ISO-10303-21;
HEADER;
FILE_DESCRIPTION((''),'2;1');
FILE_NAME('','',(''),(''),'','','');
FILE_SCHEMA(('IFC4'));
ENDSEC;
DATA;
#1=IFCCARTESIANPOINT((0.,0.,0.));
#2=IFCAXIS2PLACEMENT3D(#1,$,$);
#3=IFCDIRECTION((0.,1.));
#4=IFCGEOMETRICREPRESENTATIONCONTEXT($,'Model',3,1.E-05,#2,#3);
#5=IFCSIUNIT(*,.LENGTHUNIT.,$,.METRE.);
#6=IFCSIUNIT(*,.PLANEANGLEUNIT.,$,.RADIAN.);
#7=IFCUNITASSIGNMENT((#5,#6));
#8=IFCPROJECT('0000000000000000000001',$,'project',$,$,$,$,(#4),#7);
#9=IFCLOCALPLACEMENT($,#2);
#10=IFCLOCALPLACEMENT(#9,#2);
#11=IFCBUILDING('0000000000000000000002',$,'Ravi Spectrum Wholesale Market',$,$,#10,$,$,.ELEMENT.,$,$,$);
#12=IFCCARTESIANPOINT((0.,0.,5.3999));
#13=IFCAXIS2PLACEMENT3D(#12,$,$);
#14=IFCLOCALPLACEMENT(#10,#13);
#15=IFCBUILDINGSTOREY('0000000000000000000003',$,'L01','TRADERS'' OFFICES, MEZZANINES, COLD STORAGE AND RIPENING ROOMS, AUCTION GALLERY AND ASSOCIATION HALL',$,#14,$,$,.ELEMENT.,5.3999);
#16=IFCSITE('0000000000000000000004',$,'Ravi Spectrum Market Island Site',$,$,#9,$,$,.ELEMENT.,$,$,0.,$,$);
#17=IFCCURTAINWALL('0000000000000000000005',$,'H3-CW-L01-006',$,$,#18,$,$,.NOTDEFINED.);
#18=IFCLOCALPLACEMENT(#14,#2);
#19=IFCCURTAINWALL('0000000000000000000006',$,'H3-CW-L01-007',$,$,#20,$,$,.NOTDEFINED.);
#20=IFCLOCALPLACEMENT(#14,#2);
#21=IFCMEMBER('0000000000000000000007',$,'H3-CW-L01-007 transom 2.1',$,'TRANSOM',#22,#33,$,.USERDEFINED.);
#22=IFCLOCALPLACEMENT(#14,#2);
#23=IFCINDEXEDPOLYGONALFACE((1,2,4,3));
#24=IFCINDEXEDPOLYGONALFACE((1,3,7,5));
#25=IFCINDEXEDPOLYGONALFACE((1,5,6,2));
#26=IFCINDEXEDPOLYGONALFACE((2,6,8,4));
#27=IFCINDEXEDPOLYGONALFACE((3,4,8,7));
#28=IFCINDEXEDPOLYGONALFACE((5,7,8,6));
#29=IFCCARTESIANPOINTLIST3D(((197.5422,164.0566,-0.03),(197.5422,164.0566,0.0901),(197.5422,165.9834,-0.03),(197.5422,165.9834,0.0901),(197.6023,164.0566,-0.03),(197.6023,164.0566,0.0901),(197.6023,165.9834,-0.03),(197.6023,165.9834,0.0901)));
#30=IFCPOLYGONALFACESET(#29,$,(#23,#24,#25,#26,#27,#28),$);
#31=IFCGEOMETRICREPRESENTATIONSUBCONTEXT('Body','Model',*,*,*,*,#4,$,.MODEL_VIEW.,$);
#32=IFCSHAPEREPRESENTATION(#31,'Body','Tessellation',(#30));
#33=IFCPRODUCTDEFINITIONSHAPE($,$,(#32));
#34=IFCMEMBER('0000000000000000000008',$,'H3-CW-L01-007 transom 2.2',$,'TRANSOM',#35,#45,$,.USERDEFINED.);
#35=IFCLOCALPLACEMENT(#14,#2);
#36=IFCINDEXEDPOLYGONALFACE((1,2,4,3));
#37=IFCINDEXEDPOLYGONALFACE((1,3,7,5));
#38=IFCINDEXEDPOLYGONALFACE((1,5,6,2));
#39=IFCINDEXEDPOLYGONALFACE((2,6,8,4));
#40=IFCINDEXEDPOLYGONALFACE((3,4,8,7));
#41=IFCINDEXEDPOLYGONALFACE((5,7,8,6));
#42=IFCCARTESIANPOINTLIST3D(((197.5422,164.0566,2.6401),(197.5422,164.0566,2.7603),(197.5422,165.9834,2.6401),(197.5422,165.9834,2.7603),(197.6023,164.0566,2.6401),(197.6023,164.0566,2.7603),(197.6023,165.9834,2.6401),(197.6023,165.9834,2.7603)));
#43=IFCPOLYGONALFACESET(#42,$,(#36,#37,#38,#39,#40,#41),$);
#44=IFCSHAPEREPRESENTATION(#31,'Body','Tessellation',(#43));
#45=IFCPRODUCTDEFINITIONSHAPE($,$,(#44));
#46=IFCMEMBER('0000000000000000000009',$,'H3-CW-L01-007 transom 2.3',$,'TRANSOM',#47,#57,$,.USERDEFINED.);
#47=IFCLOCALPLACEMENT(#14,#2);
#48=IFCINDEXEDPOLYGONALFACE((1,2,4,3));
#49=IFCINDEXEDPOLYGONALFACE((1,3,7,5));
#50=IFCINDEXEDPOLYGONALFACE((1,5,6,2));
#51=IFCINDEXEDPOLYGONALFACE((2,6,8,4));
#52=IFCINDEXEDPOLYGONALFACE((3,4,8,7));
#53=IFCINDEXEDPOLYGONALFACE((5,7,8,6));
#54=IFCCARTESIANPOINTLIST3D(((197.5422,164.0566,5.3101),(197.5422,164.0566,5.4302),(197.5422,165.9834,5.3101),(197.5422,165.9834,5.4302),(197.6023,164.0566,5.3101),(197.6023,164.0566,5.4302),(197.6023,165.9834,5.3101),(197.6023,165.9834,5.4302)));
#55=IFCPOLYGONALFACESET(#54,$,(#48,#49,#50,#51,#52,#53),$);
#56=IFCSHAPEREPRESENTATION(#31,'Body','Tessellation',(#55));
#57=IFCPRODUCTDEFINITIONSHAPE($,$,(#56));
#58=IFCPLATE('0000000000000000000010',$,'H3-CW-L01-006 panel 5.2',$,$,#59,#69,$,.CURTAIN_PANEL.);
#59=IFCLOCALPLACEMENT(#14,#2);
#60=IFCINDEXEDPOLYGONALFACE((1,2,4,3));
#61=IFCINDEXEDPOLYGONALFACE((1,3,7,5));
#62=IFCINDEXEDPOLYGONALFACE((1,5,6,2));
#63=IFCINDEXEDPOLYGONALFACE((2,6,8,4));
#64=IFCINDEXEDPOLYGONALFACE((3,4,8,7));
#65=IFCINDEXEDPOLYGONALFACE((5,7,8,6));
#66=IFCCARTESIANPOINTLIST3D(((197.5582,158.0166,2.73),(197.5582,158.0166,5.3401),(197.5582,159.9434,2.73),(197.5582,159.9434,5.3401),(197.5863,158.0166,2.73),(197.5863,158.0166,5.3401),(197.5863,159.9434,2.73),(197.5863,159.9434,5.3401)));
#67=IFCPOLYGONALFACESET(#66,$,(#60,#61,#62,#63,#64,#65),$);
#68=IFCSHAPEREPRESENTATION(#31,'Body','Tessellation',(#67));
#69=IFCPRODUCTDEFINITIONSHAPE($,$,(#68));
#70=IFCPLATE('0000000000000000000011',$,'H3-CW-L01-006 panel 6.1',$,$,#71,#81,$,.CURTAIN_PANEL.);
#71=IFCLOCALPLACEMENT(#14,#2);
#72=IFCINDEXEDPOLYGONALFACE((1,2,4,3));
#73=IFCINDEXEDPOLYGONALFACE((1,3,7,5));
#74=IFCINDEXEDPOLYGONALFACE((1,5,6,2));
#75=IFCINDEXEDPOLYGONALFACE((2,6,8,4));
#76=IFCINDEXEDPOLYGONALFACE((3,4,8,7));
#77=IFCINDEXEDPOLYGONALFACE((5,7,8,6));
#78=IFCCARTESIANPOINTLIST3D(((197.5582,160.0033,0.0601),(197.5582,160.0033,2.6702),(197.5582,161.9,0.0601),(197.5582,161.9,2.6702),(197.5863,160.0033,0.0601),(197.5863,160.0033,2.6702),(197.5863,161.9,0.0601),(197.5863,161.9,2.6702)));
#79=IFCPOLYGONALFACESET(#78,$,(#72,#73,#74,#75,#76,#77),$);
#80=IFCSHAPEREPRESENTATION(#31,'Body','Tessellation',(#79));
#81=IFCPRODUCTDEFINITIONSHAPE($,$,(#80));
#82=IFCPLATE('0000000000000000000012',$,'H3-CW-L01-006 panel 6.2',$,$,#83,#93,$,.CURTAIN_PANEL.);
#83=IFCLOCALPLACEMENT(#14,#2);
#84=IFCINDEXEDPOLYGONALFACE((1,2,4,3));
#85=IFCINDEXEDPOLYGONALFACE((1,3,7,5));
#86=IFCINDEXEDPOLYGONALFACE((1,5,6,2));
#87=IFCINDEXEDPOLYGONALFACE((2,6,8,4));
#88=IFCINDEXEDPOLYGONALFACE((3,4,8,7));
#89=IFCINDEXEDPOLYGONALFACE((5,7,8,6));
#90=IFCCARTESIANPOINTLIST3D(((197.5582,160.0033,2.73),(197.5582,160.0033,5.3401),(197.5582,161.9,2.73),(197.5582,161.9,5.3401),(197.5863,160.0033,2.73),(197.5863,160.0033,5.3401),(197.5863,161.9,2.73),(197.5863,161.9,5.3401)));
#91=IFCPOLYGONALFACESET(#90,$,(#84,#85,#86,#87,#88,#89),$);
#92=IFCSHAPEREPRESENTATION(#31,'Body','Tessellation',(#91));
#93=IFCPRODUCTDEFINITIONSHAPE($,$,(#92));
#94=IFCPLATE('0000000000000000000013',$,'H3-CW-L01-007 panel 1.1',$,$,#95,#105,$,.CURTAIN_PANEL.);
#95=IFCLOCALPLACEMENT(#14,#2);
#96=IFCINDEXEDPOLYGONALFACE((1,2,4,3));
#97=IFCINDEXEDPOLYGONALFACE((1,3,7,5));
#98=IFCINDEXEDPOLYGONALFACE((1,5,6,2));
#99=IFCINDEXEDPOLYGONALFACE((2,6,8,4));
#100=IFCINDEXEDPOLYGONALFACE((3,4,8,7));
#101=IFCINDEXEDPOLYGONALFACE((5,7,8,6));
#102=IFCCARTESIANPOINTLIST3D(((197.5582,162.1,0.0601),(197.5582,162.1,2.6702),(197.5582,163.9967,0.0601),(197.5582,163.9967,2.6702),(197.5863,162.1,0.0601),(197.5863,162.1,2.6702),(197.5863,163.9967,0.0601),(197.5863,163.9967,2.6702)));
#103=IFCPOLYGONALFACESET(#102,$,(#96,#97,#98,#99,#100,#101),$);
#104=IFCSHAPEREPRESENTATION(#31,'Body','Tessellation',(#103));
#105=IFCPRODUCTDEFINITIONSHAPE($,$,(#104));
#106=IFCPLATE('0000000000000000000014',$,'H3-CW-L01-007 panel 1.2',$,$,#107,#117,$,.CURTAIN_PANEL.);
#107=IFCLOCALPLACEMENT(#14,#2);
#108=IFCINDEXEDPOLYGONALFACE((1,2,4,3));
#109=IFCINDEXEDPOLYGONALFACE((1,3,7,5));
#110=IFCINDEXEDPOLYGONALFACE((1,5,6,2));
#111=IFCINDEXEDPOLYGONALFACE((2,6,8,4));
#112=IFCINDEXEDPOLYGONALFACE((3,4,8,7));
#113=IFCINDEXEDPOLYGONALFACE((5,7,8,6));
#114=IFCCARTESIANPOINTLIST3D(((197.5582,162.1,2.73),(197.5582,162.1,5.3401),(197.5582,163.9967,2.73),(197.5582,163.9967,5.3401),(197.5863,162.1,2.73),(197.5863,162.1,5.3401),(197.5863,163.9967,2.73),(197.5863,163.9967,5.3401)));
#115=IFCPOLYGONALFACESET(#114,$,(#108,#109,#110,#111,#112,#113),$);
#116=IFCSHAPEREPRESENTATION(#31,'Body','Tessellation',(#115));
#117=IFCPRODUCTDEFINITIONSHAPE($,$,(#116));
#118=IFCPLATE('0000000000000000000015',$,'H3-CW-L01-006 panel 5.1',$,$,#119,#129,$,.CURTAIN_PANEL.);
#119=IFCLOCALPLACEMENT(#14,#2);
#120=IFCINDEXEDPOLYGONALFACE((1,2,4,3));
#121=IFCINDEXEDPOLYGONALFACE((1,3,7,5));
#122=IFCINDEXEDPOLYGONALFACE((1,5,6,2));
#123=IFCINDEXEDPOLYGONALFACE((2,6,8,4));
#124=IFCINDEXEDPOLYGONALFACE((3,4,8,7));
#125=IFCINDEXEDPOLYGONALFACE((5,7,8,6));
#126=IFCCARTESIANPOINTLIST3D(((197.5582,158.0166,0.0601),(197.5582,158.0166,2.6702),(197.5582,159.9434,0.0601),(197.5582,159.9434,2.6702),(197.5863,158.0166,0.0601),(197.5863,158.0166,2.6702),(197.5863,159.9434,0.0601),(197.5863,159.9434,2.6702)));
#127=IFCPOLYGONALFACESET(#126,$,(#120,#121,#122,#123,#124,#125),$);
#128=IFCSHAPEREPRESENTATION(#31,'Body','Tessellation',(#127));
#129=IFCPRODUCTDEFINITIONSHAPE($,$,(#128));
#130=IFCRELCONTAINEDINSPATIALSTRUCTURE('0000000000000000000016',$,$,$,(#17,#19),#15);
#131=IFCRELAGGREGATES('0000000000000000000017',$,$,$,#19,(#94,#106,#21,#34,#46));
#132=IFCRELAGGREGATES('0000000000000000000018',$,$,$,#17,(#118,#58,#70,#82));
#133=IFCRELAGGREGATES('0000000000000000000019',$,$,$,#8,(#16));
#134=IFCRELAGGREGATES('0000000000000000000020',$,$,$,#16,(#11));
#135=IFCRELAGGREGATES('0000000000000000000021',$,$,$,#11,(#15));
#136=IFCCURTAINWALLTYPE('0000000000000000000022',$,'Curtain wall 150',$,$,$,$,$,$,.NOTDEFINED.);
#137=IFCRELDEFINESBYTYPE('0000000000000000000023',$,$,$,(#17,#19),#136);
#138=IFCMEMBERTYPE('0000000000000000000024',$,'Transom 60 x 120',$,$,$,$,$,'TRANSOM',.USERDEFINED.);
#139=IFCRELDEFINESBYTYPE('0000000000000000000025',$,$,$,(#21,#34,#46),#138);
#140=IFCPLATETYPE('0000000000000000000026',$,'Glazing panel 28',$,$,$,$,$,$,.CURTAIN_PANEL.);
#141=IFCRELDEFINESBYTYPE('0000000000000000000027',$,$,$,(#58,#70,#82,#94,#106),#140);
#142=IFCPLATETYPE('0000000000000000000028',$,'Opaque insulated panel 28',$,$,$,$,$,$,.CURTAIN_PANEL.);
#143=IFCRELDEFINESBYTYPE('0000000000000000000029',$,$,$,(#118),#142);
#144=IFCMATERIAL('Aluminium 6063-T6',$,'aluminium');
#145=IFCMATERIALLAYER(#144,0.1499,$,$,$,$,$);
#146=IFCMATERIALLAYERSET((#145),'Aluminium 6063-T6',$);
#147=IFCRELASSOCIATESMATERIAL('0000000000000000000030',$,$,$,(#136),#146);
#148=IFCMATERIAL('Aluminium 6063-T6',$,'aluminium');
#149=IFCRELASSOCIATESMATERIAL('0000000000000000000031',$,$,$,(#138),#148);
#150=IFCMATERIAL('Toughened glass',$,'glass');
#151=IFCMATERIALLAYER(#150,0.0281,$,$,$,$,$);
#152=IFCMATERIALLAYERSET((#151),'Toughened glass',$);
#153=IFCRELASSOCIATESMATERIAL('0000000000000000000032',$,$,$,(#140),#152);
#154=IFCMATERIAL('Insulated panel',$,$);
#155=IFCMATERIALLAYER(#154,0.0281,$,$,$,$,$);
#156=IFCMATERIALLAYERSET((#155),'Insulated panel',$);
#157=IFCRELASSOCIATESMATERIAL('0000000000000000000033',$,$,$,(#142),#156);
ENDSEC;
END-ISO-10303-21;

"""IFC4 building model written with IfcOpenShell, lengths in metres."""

from ifc_helpers import new_model, si_unit, direction, frame, origin, origin_2d, place, context, subcontext, project, spatial, rectangle, extrude, material, layer, layer_set, material_profile, profile_set, type_object, element, aggregate, save


model = new_model("IFC4")

# Units and contexts
model_context = context("Model", 3, precision=1e-05, world=origin(), true_north=direction((0.0, 1.0)))
body_context = subcontext(model_context, "Body", "Model", "MODEL_VIEW")
ifc_project = project(units=[si_unit("LENGTHUNIT", "METRE"), si_unit("PLANEANGLEUNIT", "RADIAN")], contexts=[model_context])

# Site, building, storey
site_placement = place(None, origin())
site = spatial("IfcSite", under=ifc_project, at=site_placement, Name="Ravi Spectrum Market Island Site", CompositionType="ELEMENT", RefElevation=0.0)
building_placement = place(site_placement, origin())
building = spatial("IfcBuilding", under=site, at=building_placement, Name="Ravi Spectrum Wholesale Market", CompositionType="ELEMENT")
storey_placement = place(building_placement, frame((0.0, 0.0, 5.3999)))
storey = spatial("IfcBuildingStorey", under=building, at=storey_placement, Name="L01", Description="TRADERS' OFFICES, MEZZANINES, COLD STORAGE AND RIPENING ROOMS, AUCTION GALLERY AND ASSOCIATION HALL", CompositionType="ELEMENT", Elevation=5.3999)

# Curtain walls
ifc_material_1 = material(Name="Aluminium 6063-T6", Category="aluminium")
ifc_layer_1 = layer(ifc_material_1, 0.1499)
ifc_layer_set_1 = layer_set([ifc_layer_1], Name="Aluminium 6063-T6")
curtain_wall_type = type_object("IfcCurtainWallType", Name="Curtain wall 150", PredefinedType="NOTDEFINED", material=ifc_layer_set_1)
curtain_wall_1_placement = place(storey_placement, origin())
curtain_wall_1 = element("IfcCurtainWall", 1, at=curtain_wall_1_placement, inside=storey, type_object=curtain_wall_type, Name="H3-CW-L01-006", PredefinedType="NOTDEFINED")
curtain_wall_2_placement = place(storey_placement, origin())
curtain_wall_2 = element("IfcCurtainWall", 2, at=curtain_wall_2_placement, inside=storey, type_object=curtain_wall_type, Name="H3-CW-L01-007", PredefinedType="NOTDEFINED")

# Members
ifc_material_2 = material(Name="Aluminium 6063-T6", Category="aluminium")
ifc_material_profile_1 = material_profile(ifc_material_2, rectangle(XDim=0.0601, YDim=0.1201, at=origin_2d()))
ifc_profile_set_1 = profile_set([ifc_material_profile_1], Name="Aluminium 6063-T6")
member_type_1 = type_object("IfcMemberType", Name="Transom 60 x 120", ElementType="TRANSOM", PredefinedType="USERDEFINED", material=ifc_profile_set_1)
member_1_placement = place(storey_placement, frame((197.5723, 164.0566, 0.03), z_axis=(0.0, 1.0, 0.0), x_axis=(-1.0, 0.0, 0.0)))
member_1 = element("IfcMember", 3, at=member_1_placement, type_object=member_type_1, Name="H3-CW-L01-007 transom 2.1", ObjectType="TRANSOM", PredefinedType="USERDEFINED", context=body_context, shape_type="SweptSolid", body=[
    extrude(rectangle(XDim=0.0601, YDim=0.1201, at=origin_2d()), origin(), (0.0, 0.0, 1.0), 1.9268),
])
member_2_placement = place(storey_placement, frame((197.5723, 164.0566, 2.7002), z_axis=(0.0, 1.0, 0.0), x_axis=(-1.0, 0.0, 0.0)))
member_2 = element("IfcMember", 4, at=member_2_placement, type_object=member_type_1, Name="H3-CW-L01-007 transom 2.2", ObjectType="TRANSOM", PredefinedType="USERDEFINED", context=body_context, shape_type="SweptSolid", body=[
    extrude(rectangle(XDim=0.0601, YDim=0.1201, at=origin_2d()), origin(), (0.0, 0.0, 1.0), 1.9268),
])
member_3_placement = place(storey_placement, frame((197.5723, 164.0566, 5.3701), z_axis=(0.0, 1.0, 0.0), x_axis=(-1.0, 0.0, 0.0)))
member_3 = element("IfcMember", 5, at=member_3_placement, type_object=member_type_1, Name="H3-CW-L01-007 transom 2.3", ObjectType="TRANSOM", PredefinedType="USERDEFINED", context=body_context, shape_type="SweptSolid", body=[
    extrude(rectangle(XDim=0.0601, YDim=0.1201, at=origin_2d()), origin(), (0.0, 0.0, 1.0), 1.9268),
])

# Plates
ifc_material_3 = material(Name="Toughened glass", Category="glass")
ifc_layer_2 = layer(ifc_material_3, 0.0281)
ifc_layer_set_2 = layer_set([ifc_layer_2], Name="Toughened glass")
plate_type_1 = type_object("IfcPlateType", Name="Glazing panel 28", PredefinedType="CURTAIN_PANEL", material=ifc_layer_set_2)
plate_1_placement = place(storey_placement, frame((197.5723, 158.98, 2.73), z_axis=(0.0, 0.0, 1.0), x_axis=(0.0, 1.0, 0.0)))
plate_1 = element("IfcPlate", 6, at=plate_1_placement, type_object=plate_type_1, Name="H3-CW-L01-006 panel 5.2", PredefinedType="CURTAIN_PANEL", context=body_context, shape_type="SweptSolid", body=[
    extrude(rectangle(XDim=1.9268, YDim=0.0281, at=origin_2d()), origin(), (0.0, 0.0, 1.0), 2.6101),
])
plate_2_placement = place(storey_placement, frame((197.5723, 160.9517, 0.0601), z_axis=(0.0, 0.0, 1.0), x_axis=(0.0, 1.0, 0.0)))
plate_2 = element("IfcPlate", 7, at=plate_2_placement, type_object=plate_type_1, Name="H3-CW-L01-006 panel 6.1", PredefinedType="CURTAIN_PANEL", context=body_context, shape_type="SweptSolid", body=[
    extrude(rectangle(XDim=1.8967, YDim=0.0281, at=origin_2d()), origin(), (0.0, 0.0, 1.0), 2.6101),
])
plate_3_placement = place(storey_placement, frame((197.5723, 160.9517, 2.73), z_axis=(0.0, 0.0, 1.0), x_axis=(0.0, 1.0, 0.0)))
plate_3 = element("IfcPlate", 8, at=plate_3_placement, type_object=plate_type_1, Name="H3-CW-L01-006 panel 6.2", PredefinedType="CURTAIN_PANEL", context=body_context, shape_type="SweptSolid", body=[
    extrude(rectangle(XDim=1.8967, YDim=0.0281, at=origin_2d()), origin(), (0.0, 0.0, 1.0), 2.6101),
])
plate_4_placement = place(storey_placement, frame((197.5723, 163.0483, 0.0601), z_axis=(0.0, 0.0, 1.0), x_axis=(0.0, 1.0, 0.0)))
plate_4 = element("IfcPlate", 9, at=plate_4_placement, type_object=plate_type_1, Name="H3-CW-L01-007 panel 1.1", PredefinedType="CURTAIN_PANEL", context=body_context, shape_type="SweptSolid", body=[
    extrude(rectangle(XDim=1.8967, YDim=0.0281, at=origin_2d()), origin(), (0.0, 0.0, 1.0), 2.6101),
])
plate_5_placement = place(storey_placement, frame((197.5723, 163.0483, 2.73), z_axis=(0.0, 0.0, 1.0), x_axis=(0.0, 1.0, 0.0)))
plate_5 = element("IfcPlate", 10, at=plate_5_placement, type_object=plate_type_1, Name="H3-CW-L01-007 panel 1.2", PredefinedType="CURTAIN_PANEL", context=body_context, shape_type="SweptSolid", body=[
    extrude(rectangle(XDim=1.8967, YDim=0.0281, at=origin_2d()), origin(), (0.0, 0.0, 1.0), 2.6101),
])
aggregate(curtain_wall_2, [plate_4, plate_5, member_1, member_2, member_3])
ifc_material_4 = material(Name="Insulated panel")
ifc_layer_3 = layer(ifc_material_4, 0.0281)
ifc_layer_set_3 = layer_set([ifc_layer_3], Name="Insulated panel")
plate_type_2 = type_object("IfcPlateType", Name="Opaque insulated panel 28", PredefinedType="CURTAIN_PANEL", material=ifc_layer_set_3)
plate_6_placement = place(storey_placement, frame((197.5723, 158.98, 0.0601), z_axis=(0.0, 0.0, 1.0), x_axis=(0.0, 1.0, 0.0)))
plate_6 = element("IfcPlate", 11, at=plate_6_placement, type_object=plate_type_2, Name="H3-CW-L01-006 panel 5.1", PredefinedType="CURTAIN_PANEL", context=body_context, shape_type="SweptSolid", body=[
    extrude(rectangle(XDim=1.9268, YDim=0.0281, at=origin_2d()), origin(), (0.0, 0.0, 1.0), 2.6101),
])
aggregate(curtain_wall_1, [plate_6, plate_1, plate_2, plate_3])

save(model, "model.ifc")
